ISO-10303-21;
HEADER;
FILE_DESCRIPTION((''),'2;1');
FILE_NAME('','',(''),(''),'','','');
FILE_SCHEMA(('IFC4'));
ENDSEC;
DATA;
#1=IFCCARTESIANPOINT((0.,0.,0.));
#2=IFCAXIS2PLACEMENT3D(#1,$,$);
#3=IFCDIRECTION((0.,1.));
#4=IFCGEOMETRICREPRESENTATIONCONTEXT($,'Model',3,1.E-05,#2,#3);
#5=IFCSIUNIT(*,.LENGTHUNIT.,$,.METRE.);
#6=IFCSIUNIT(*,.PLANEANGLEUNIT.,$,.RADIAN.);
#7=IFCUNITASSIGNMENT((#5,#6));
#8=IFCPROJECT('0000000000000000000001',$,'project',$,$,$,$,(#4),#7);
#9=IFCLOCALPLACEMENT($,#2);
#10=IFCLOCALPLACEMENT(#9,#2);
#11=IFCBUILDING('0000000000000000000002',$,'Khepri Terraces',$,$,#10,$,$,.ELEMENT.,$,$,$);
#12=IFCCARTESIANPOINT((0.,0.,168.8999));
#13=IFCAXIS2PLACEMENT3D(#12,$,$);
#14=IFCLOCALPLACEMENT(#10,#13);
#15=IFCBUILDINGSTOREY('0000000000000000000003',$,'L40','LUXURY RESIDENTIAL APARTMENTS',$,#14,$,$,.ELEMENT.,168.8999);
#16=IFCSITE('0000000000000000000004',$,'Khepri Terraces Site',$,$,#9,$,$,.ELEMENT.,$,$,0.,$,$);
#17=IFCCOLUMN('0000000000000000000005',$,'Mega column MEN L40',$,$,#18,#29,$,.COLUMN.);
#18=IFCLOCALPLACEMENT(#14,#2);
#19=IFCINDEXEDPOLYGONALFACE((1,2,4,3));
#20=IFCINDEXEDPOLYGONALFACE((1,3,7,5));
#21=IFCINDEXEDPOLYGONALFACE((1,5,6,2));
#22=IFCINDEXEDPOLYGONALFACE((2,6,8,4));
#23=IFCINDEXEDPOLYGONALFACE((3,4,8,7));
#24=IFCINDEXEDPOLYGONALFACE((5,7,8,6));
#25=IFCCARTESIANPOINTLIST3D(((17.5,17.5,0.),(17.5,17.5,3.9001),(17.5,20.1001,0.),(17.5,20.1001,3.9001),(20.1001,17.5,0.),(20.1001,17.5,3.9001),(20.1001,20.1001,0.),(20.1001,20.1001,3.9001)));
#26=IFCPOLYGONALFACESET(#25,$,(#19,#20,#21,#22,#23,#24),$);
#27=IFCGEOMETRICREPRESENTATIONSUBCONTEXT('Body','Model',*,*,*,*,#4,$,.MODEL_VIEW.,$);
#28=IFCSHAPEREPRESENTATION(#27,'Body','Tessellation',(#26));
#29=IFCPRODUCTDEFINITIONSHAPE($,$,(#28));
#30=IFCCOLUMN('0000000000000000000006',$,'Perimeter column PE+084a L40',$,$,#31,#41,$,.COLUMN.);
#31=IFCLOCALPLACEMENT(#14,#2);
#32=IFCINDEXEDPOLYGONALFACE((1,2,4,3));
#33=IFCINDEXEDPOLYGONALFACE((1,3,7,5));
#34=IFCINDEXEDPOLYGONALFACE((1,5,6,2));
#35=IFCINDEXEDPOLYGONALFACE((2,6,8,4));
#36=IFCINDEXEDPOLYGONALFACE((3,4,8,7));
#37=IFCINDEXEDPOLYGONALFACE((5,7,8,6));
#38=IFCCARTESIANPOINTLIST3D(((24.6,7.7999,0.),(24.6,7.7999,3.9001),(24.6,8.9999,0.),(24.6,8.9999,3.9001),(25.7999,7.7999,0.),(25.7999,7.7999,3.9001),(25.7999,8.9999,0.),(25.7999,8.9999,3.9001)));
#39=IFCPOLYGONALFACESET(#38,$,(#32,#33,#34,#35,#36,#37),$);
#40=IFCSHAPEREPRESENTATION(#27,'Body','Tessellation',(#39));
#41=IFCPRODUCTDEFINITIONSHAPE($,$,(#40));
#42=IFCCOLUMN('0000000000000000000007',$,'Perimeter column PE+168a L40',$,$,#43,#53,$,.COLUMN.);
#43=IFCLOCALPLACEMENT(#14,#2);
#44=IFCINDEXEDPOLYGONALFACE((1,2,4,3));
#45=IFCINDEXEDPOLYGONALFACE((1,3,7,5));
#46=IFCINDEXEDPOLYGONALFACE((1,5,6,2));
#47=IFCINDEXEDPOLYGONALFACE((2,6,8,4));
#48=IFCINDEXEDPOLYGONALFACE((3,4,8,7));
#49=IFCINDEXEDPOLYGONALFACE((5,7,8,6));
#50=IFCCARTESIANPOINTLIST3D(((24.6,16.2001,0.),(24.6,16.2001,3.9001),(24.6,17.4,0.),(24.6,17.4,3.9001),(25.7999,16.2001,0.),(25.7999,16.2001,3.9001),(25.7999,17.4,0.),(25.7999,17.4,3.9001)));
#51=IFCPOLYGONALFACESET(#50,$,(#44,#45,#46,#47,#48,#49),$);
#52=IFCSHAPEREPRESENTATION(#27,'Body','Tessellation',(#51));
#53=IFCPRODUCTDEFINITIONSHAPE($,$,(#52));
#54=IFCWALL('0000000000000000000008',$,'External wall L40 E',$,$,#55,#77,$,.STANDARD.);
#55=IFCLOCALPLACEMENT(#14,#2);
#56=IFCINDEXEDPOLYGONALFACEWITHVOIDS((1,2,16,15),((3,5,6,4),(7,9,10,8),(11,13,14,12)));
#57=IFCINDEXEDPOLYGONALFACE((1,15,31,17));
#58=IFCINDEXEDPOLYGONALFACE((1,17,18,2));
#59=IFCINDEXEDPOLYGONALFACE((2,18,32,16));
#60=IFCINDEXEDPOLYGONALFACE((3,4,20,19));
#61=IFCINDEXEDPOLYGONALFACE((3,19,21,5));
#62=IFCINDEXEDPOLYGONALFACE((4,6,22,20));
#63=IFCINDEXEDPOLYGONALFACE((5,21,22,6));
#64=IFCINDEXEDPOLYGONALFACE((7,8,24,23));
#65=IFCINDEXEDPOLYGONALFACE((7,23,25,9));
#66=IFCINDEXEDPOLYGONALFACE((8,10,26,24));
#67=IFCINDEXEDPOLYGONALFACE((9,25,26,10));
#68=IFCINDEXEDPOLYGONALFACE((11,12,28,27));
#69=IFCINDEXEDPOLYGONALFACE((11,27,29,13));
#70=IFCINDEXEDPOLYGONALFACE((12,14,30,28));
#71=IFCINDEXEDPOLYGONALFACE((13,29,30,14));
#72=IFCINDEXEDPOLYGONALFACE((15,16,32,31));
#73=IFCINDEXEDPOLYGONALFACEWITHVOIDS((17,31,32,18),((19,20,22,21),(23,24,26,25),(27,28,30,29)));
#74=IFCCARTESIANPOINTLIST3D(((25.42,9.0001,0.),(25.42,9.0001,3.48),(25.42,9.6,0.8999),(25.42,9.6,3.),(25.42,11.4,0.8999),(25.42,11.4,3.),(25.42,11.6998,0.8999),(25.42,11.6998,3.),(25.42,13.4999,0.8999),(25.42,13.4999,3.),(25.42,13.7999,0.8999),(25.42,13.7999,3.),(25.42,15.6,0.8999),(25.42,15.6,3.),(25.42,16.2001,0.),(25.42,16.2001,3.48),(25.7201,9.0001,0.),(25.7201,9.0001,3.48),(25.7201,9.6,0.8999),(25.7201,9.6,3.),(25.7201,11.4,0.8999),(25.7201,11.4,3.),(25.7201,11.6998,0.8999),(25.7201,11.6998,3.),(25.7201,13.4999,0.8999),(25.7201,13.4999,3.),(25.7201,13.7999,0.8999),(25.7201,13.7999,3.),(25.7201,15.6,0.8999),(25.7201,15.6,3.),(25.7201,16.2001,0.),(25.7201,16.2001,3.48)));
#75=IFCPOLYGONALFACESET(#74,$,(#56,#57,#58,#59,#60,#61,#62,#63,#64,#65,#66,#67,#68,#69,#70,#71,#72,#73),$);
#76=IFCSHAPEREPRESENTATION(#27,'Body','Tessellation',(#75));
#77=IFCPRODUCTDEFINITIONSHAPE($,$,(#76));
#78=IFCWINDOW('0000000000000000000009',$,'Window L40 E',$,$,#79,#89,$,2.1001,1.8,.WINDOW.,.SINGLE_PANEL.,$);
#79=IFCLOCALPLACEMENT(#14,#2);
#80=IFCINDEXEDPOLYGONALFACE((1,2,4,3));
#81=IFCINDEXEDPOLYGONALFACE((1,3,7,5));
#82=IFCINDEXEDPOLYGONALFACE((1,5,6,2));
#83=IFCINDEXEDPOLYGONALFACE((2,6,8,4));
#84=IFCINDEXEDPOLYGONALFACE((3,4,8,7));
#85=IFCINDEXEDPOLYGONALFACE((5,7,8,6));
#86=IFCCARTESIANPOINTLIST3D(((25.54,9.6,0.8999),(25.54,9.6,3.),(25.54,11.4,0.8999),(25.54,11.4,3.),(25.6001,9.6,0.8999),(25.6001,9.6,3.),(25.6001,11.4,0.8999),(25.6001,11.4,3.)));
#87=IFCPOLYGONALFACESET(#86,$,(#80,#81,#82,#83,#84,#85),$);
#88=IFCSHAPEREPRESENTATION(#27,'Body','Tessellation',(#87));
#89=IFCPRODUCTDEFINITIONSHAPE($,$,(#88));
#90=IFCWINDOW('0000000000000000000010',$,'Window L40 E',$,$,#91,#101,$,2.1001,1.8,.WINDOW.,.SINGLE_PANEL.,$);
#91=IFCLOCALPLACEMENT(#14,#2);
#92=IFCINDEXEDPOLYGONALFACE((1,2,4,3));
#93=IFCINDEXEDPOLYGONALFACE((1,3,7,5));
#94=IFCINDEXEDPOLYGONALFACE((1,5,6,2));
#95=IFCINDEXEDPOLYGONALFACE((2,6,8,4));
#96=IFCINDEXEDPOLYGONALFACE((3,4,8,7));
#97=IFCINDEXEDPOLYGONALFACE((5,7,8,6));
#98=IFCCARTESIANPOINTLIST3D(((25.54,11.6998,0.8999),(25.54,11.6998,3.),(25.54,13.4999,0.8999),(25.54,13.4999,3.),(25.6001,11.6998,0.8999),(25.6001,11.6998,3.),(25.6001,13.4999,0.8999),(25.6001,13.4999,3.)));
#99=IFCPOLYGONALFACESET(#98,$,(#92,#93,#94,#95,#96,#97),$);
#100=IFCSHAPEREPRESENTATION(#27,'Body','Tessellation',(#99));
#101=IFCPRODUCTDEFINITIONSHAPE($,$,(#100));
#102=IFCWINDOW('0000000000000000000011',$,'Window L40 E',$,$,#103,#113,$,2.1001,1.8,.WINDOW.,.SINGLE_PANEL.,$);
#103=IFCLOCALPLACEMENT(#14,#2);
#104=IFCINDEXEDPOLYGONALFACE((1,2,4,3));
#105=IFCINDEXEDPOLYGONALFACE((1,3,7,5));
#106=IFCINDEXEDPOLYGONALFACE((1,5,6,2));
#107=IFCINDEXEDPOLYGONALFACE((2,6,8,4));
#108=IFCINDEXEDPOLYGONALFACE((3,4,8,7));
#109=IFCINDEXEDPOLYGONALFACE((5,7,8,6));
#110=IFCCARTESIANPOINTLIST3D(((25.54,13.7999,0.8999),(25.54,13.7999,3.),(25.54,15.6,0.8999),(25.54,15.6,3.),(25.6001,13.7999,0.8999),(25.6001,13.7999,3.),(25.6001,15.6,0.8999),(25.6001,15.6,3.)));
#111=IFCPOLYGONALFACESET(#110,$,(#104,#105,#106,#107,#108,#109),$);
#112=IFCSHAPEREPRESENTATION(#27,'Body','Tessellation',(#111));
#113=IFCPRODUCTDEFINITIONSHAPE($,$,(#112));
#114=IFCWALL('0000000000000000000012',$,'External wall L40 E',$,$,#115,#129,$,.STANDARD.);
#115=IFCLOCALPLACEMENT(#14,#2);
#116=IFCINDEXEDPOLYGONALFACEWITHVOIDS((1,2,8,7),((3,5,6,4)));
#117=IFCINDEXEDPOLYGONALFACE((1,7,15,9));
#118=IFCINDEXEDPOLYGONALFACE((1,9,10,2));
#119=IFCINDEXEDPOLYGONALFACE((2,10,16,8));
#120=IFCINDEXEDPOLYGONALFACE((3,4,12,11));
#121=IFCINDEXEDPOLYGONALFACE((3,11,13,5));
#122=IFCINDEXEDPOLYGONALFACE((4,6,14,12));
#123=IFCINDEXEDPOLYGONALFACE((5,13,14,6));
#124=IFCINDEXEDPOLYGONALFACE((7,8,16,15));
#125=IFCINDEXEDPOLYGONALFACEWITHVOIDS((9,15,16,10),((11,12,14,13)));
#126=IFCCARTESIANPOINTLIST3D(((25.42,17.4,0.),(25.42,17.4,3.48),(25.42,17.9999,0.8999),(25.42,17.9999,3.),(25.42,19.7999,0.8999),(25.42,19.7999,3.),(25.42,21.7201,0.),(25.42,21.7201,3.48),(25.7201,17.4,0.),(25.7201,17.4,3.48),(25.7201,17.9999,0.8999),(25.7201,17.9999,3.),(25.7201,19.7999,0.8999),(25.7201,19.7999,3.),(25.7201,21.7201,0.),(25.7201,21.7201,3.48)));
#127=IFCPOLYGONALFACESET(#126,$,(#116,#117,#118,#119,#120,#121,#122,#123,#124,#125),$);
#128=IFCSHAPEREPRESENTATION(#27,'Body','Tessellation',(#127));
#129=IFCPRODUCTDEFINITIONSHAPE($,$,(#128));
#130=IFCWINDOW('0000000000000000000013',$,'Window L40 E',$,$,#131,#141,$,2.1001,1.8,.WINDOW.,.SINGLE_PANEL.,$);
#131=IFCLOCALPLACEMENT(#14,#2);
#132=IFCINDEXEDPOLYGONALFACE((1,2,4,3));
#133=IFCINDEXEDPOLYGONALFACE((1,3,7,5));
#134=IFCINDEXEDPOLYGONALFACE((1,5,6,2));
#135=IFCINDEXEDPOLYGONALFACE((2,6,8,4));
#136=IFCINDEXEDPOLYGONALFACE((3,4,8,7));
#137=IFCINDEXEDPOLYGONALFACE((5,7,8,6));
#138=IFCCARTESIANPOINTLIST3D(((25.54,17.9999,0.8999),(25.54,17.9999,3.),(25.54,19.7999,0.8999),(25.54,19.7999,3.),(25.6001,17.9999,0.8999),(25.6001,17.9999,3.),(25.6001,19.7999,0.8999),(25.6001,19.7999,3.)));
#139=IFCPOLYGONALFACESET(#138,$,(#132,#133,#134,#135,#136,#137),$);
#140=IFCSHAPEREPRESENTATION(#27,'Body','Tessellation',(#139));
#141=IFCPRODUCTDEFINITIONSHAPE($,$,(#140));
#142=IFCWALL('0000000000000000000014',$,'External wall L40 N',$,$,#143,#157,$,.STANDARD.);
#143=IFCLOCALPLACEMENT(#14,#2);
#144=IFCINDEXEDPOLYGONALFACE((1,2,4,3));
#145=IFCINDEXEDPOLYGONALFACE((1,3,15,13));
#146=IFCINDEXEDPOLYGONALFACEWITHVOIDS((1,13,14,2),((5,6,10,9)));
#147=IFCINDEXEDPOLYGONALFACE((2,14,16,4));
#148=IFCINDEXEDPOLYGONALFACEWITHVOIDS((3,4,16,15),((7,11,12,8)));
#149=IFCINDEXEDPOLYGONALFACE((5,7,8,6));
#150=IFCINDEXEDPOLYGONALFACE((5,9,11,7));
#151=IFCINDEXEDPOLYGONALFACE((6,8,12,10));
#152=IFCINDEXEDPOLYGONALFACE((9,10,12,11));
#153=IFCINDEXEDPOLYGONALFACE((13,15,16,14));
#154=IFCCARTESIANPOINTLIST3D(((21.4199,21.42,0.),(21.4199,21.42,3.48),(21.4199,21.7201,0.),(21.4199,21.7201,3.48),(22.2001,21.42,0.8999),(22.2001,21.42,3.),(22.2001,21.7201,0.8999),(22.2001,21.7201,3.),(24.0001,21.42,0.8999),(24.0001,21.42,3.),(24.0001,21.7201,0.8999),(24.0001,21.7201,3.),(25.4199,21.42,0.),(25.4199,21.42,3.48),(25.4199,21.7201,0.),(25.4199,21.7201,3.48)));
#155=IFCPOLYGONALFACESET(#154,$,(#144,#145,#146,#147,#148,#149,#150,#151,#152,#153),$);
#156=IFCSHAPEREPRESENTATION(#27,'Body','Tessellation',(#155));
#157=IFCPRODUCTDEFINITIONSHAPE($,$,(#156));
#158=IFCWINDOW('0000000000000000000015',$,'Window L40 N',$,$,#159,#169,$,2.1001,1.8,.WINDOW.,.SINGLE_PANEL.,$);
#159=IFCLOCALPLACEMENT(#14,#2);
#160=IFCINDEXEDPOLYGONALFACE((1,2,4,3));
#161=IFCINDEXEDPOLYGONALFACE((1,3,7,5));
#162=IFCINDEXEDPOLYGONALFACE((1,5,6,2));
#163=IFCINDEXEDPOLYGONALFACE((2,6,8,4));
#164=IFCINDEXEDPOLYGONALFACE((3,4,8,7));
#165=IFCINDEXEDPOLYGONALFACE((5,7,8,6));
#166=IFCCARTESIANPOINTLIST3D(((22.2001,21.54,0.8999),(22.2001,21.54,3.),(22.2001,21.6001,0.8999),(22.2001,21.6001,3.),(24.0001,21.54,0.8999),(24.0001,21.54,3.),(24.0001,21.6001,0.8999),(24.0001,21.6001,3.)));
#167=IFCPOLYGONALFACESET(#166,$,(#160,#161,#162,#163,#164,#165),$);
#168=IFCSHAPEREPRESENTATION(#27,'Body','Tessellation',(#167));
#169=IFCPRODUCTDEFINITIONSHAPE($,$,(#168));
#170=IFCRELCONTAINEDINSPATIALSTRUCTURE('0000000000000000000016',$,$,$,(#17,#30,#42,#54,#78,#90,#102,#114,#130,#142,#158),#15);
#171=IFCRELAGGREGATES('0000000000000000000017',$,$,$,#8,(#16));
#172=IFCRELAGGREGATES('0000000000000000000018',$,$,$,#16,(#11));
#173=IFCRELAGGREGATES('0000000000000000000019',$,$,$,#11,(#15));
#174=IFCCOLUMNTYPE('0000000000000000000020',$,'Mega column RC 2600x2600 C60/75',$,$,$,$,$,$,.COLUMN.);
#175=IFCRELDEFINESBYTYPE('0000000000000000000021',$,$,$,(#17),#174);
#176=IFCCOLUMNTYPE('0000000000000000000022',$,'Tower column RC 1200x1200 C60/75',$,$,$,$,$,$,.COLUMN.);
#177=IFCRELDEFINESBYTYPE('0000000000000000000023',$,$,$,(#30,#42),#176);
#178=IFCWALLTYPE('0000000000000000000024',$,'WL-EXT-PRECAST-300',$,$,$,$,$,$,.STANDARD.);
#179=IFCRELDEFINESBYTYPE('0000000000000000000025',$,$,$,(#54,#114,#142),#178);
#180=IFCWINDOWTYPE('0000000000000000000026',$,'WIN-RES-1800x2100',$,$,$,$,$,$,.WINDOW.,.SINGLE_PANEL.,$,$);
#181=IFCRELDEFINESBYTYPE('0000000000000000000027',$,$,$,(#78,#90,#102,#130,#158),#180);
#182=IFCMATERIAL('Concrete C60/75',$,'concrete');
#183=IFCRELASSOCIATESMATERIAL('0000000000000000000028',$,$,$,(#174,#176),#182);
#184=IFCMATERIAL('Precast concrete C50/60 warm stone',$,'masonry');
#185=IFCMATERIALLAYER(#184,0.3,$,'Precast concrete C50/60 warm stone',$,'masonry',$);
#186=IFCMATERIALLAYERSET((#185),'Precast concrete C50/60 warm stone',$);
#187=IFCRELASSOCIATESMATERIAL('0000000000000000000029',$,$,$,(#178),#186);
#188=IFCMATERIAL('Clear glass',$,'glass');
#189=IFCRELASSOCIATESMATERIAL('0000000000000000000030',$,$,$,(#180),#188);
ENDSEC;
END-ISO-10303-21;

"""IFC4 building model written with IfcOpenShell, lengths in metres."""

from ifc_helpers import new_model, si_unit, direction, frame, frame_2d, origin, origin_2d, place, context, subcontext, project, spatial, rectangle, extrude, material, layer, layer_set, material_profile, profile_set, type_object, element, fill, save


model = new_model("IFC4")

# Units and contexts
model_context = context("Model", 3, precision=1e-05, world=origin(), true_north=direction((0.0, 1.0)))
body_context = subcontext(model_context, "Body", "Model", "MODEL_VIEW")
ifc_project = project(units=[si_unit("LENGTHUNIT", "METRE"), si_unit("PLANEANGLEUNIT", "RADIAN")], contexts=[model_context])

# Site, building, storey
site_placement = place(None, origin())
site = spatial("IfcSite", under=ifc_project, at=site_placement, Name="Khepri Terraces Site", CompositionType="ELEMENT", RefElevation=0.0)
building_placement = place(site_placement, origin())
building = spatial("IfcBuilding", under=site, at=building_placement, Name="Khepri Terraces", CompositionType="ELEMENT")
storey_placement = place(building_placement, frame((0.0, 0.0, 168.8999)))
storey = spatial("IfcBuildingStorey", under=building, at=storey_placement, Name="L40", Description="LUXURY RESIDENTIAL APARTMENTS", CompositionType="ELEMENT", Elevation=168.8999)

# Columns
ifc_material_1 = material(Name="Concrete C60/75", Category="concrete")
ifc_material_profile_1 = material_profile(ifc_material_1, rectangle(XDim=2.6001, YDim=2.6001, at=origin_2d()), Name="Concrete C60/75", Category="concrete")
ifc_profile_set_1 = profile_set([ifc_material_profile_1], Name="Concrete C60/75")
column_type_1 = type_object("IfcColumnType", Name="Mega column RC 2600x2600 C60/75", PredefinedType="COLUMN", material=ifc_profile_set_1)
column_placement = place(storey_placement, frame((18.8, 18.8, 0.0), z_axis=(0.0, 0.0, 1.0), x_axis=(1.0, 0.0, 0.0)))
element("IfcColumn", 1, at=column_placement, inside=storey, type_object=column_type_1, Name="Mega column MEN L40", PredefinedType="COLUMN", context=body_context, shape_type="SweptSolid", body=[
    extrude(rectangle(XDim=2.6001, YDim=2.6001, at=origin_2d()), origin(), (0.0, 0.0, 1.0), 3.9001),
])
ifc_material_profile_2 = material_profile(ifc_material_1, rectangle(XDim=1.2, YDim=1.2, at=origin_2d()), Name="Concrete C60/75", Category="concrete")
ifc_profile_set_2 = profile_set([ifc_material_profile_2], Name="Concrete C60/75")
column_type_2 = type_object("IfcColumnType", Name="Tower column RC 1200x1200 C60/75", PredefinedType="COLUMN", material=ifc_profile_set_2)
for number, where, z_axis, x_axis, name in (
    (2, (25.2, 8.3999, 0.0), (0.0, 0.0, 1.0), (1.0, 0.0, 0.0), "Perimeter column PE+084a L40"),
    (3, (25.2, 16.8, 0.0), (0.0, 0.0, 1.0), (1.0, 0.0, 0.0), "Perimeter column PE+168a L40"),
):
    element("IfcColumn", number, at=place(storey_placement, frame(where, z_axis=z_axis, x_axis=x_axis)), inside=storey, type_object=column_type_2, Name=name, PredefinedType="COLUMN", context=body_context, shape_type="SweptSolid", body=[
        extrude(rectangle(XDim=1.2, YDim=1.2, at=origin_2d()), origin(), (0.0, 0.0, 1.0), 3.9001),
    ])

# Wall, openings, windows
ifc_material_2 = material(Name="Precast concrete C50/60 warm stone", Category="masonry")
ifc_layer_1 = layer(ifc_material_2, 0.3, Name="Precast concrete C50/60 warm stone", Category="masonry")
ifc_layer_set_1 = layer_set([ifc_layer_1], Name="Precast concrete C50/60 warm stone")
wall_type_1 = type_object("IfcWallType", Name="WL-EXT-PRECAST-300", PredefinedType="STANDARD", material=ifc_layer_set_1)
wall_1_placement = place(storey_placement, frame((25.5701, 9.0, 0.0), z_axis=(0.0, 0.0, 1.0), x_axis=(0.0, 1.0, 0.0)))
wall_1 = element("IfcWall", 4, at=wall_1_placement, inside=storey, type_object=wall_type_1, Name="External wall L40 E", PredefinedType="STANDARD", context=body_context, shape_type="SweptSolid", body=[
    extrude(rectangle(XDim=7.2, YDim=0.3, at=frame_2d((3.6001, 0.0))), origin(), (0.0, 0.0, 1.0), 3.48),
])
opening_1_placement = place(wall_1_placement, frame((0.6001, 0.0, 0.8999)))
opening_1 = element("IfcOpeningElement", 5, at=opening_1_placement, cuts=wall_1, PredefinedType="OPENING", context=body_context, shape_type="SweptSolid", body=[
    extrude(rectangle(XDim=1.8, YDim=2.1001, at=frame_2d((0.8999, 1.05))), frame((0.0, 0.1602, 0.0), z_axis=(0.0, -1.0, 0.0), x_axis=(1.0, 0.0, 0.0)), (0.0, 0.0, 1.0), 0.3201),
])
opening_2_placement = place(wall_1_placement, frame((2.7, 0.0, 0.8999)))
opening_2 = element("IfcOpeningElement", 6, at=opening_2_placement, cuts=wall_1, PredefinedType="OPENING", context=body_context, shape_type="SweptSolid", body=[
    extrude(rectangle(XDim=1.8, YDim=2.1001, at=frame_2d((0.8999, 1.05))), frame((0.0, 0.1602, 0.0), z_axis=(0.0, -1.0, 0.0), x_axis=(1.0, 0.0, 0.0)), (0.0, 0.0, 1.0), 0.3201),
])
opening_3_placement = place(wall_1_placement, frame((4.8, 0.0, 0.8999)))
opening_3 = element("IfcOpeningElement", 7, at=opening_3_placement, cuts=wall_1, PredefinedType="OPENING", context=body_context, shape_type="SweptSolid", body=[
    extrude(rectangle(XDim=1.8, YDim=2.1001, at=frame_2d((0.8999, 1.05))), frame((0.0, 0.1602, 0.0), z_axis=(0.0, -1.0, 0.0), x_axis=(1.0, 0.0, 0.0)), (0.0, 0.0, 1.0), 0.3201),
])
ifc_material_3 = material(Name="Clear glass", Category="glass")
window_type = type_object("IfcWindowType", Name="WIN-RES-1800x2100", PartitioningType="SINGLE_PANEL", PredefinedType="WINDOW", material=ifc_material_3)
window_1_placement = place(opening_1_placement, origin())
window_1 = element("IfcWindow", 8, at=window_1_placement, inside=storey, type_object=window_type, Name="Window L40 E", OverallHeight=2.1001, OverallWidth=1.8, PartitioningType="SINGLE_PANEL", PredefinedType="WINDOW", context=body_context, shape_type="SweptSolid", body=[
    extrude(rectangle(XDim=1.8, YDim=2.1001, at=frame_2d((0.8999, 1.05))), frame((0.0, 0.03, 0.0), z_axis=(0.0, -1.0, 0.0), x_axis=(1.0, 0.0, 0.0)), (0.0, 0.0, 1.0), 0.0601),
])
fill(opening_1, window_1)
window_2_placement = place(opening_2_placement, origin())
window_2 = element("IfcWindow", 9, at=window_2_placement, inside=storey, type_object=window_type, Name="Window L40 E", OverallHeight=2.1001, OverallWidth=1.8, PartitioningType="SINGLE_PANEL", PredefinedType="WINDOW", context=body_context, shape_type="SweptSolid", body=[
    extrude(rectangle(XDim=1.8, YDim=2.1001, at=frame_2d((0.8999, 1.05))), frame((0.0, 0.03, 0.0), z_axis=(0.0, -1.0, 0.0), x_axis=(1.0, 0.0, 0.0)), (0.0, 0.0, 1.0), 0.0601),
])
fill(opening_2, window_2)
window_3_placement = place(opening_3_placement, origin())
window_3 = element("IfcWindow", 10, at=window_3_placement, inside=storey, type_object=window_type, Name="Window L40 E", OverallHeight=2.1001, OverallWidth=1.8, PartitioningType="SINGLE_PANEL", PredefinedType="WINDOW", context=body_context, shape_type="SweptSolid", body=[
    extrude(rectangle(XDim=1.8, YDim=2.1001, at=frame_2d((0.8999, 1.05))), frame((0.0, 0.03, 0.0), z_axis=(0.0, -1.0, 0.0), x_axis=(1.0, 0.0, 0.0)), (0.0, 0.0, 1.0), 0.0601),
])
fill(opening_3, window_3)

# Walls, openings, windows
wall_2_placement = place(storey_placement, frame((25.5701, 17.3999, 0.0), z_axis=(0.0, 0.0, 1.0), x_axis=(0.0, 1.0, 0.0)))
wall_2 = element("IfcWall", 11, at=wall_2_placement, inside=storey, type_object=wall_type_1, Name="External wall L40 E", PredefinedType="STANDARD", context=body_context, shape_type="SweptSolid", body=[
    extrude(rectangle(XDim=4.3201, YDim=0.3, at=frame_2d((2.1602, 0.0))), origin(), (0.0, 0.0, 1.0), 3.48),
])
opening_4_placement = place(wall_2_placement, frame((0.6001, 0.0, 0.8999)))
opening_4 = element("IfcOpeningElement", 12, at=opening_4_placement, cuts=wall_2, PredefinedType="OPENING", context=body_context, shape_type="SweptSolid", body=[
    extrude(rectangle(XDim=1.8, YDim=2.1001, at=frame_2d((0.8999, 1.05))), frame((0.0, 0.1602, 0.0), z_axis=(0.0, -1.0, 0.0), x_axis=(1.0, 0.0, 0.0)), (0.0, 0.0, 1.0), 0.3201),
])
window_4_placement = place(opening_4_placement, origin())
window_4 = element("IfcWindow", 13, at=window_4_placement, inside=storey, type_object=window_type, Name="Window L40 E", OverallHeight=2.1001, OverallWidth=1.8, PartitioningType="SINGLE_PANEL", PredefinedType="WINDOW", context=body_context, shape_type="SweptSolid", body=[
    extrude(rectangle(XDim=1.8, YDim=2.1001, at=frame_2d((0.8999, 1.05))), frame((0.0, 0.03, 0.0), z_axis=(0.0, -1.0, 0.0), x_axis=(1.0, 0.0, 0.0)), (0.0, 0.0, 1.0), 0.0601),
])
fill(opening_4, window_4)
wall_3_placement = place(storey_placement, frame((25.4199, 21.5701, 0.0), z_axis=(0.0, 0.0, 1.0), x_axis=(-1.0, 0.0, 0.0)))
wall_3 = element("IfcWall", 14, at=wall_3_placement, inside=storey, type_object=wall_type_1, Name="External wall L40 N", PredefinedType="STANDARD", context=body_context, shape_type="SweptSolid", body=[
    extrude(rectangle(XDim=4.0, YDim=0.3, at=frame_2d((2.0, 0.0))), origin(), (0.0, 0.0, 1.0), 3.48),
])
opening_5_placement = place(wall_3_placement, frame((1.4199, 0.0, 0.8999)))
opening_5 = element("IfcOpeningElement", 15, at=opening_5_placement, cuts=wall_3, PredefinedType="OPENING", context=body_context, shape_type="SweptSolid", body=[
    extrude(rectangle(XDim=1.8, YDim=2.1001, at=frame_2d((0.8999, 1.05))), frame((0.0, 0.1602, 0.0), z_axis=(0.0, -1.0, 0.0), x_axis=(1.0, 0.0, 0.0)), (0.0, 0.0, 1.0), 0.3201),
])
window_5_placement = place(opening_5_placement, origin())
window_5 = element("IfcWindow", 16, at=window_5_placement, inside=storey, type_object=window_type, Name="Window L40 N", OverallHeight=2.1001, OverallWidth=1.8, PartitioningType="SINGLE_PANEL", PredefinedType="WINDOW", context=body_context, shape_type="SweptSolid", body=[
    extrude(rectangle(XDim=1.8, YDim=2.1001, at=frame_2d((0.8999, 1.05))), frame((0.0, 0.03, 0.0), z_axis=(0.0, -1.0, 0.0), x_axis=(1.0, 0.0, 0.0)), (0.0, 0.0, 1.0), 0.0601),
])
fill(opening_5, window_5)

save(model, "model.ifc")
